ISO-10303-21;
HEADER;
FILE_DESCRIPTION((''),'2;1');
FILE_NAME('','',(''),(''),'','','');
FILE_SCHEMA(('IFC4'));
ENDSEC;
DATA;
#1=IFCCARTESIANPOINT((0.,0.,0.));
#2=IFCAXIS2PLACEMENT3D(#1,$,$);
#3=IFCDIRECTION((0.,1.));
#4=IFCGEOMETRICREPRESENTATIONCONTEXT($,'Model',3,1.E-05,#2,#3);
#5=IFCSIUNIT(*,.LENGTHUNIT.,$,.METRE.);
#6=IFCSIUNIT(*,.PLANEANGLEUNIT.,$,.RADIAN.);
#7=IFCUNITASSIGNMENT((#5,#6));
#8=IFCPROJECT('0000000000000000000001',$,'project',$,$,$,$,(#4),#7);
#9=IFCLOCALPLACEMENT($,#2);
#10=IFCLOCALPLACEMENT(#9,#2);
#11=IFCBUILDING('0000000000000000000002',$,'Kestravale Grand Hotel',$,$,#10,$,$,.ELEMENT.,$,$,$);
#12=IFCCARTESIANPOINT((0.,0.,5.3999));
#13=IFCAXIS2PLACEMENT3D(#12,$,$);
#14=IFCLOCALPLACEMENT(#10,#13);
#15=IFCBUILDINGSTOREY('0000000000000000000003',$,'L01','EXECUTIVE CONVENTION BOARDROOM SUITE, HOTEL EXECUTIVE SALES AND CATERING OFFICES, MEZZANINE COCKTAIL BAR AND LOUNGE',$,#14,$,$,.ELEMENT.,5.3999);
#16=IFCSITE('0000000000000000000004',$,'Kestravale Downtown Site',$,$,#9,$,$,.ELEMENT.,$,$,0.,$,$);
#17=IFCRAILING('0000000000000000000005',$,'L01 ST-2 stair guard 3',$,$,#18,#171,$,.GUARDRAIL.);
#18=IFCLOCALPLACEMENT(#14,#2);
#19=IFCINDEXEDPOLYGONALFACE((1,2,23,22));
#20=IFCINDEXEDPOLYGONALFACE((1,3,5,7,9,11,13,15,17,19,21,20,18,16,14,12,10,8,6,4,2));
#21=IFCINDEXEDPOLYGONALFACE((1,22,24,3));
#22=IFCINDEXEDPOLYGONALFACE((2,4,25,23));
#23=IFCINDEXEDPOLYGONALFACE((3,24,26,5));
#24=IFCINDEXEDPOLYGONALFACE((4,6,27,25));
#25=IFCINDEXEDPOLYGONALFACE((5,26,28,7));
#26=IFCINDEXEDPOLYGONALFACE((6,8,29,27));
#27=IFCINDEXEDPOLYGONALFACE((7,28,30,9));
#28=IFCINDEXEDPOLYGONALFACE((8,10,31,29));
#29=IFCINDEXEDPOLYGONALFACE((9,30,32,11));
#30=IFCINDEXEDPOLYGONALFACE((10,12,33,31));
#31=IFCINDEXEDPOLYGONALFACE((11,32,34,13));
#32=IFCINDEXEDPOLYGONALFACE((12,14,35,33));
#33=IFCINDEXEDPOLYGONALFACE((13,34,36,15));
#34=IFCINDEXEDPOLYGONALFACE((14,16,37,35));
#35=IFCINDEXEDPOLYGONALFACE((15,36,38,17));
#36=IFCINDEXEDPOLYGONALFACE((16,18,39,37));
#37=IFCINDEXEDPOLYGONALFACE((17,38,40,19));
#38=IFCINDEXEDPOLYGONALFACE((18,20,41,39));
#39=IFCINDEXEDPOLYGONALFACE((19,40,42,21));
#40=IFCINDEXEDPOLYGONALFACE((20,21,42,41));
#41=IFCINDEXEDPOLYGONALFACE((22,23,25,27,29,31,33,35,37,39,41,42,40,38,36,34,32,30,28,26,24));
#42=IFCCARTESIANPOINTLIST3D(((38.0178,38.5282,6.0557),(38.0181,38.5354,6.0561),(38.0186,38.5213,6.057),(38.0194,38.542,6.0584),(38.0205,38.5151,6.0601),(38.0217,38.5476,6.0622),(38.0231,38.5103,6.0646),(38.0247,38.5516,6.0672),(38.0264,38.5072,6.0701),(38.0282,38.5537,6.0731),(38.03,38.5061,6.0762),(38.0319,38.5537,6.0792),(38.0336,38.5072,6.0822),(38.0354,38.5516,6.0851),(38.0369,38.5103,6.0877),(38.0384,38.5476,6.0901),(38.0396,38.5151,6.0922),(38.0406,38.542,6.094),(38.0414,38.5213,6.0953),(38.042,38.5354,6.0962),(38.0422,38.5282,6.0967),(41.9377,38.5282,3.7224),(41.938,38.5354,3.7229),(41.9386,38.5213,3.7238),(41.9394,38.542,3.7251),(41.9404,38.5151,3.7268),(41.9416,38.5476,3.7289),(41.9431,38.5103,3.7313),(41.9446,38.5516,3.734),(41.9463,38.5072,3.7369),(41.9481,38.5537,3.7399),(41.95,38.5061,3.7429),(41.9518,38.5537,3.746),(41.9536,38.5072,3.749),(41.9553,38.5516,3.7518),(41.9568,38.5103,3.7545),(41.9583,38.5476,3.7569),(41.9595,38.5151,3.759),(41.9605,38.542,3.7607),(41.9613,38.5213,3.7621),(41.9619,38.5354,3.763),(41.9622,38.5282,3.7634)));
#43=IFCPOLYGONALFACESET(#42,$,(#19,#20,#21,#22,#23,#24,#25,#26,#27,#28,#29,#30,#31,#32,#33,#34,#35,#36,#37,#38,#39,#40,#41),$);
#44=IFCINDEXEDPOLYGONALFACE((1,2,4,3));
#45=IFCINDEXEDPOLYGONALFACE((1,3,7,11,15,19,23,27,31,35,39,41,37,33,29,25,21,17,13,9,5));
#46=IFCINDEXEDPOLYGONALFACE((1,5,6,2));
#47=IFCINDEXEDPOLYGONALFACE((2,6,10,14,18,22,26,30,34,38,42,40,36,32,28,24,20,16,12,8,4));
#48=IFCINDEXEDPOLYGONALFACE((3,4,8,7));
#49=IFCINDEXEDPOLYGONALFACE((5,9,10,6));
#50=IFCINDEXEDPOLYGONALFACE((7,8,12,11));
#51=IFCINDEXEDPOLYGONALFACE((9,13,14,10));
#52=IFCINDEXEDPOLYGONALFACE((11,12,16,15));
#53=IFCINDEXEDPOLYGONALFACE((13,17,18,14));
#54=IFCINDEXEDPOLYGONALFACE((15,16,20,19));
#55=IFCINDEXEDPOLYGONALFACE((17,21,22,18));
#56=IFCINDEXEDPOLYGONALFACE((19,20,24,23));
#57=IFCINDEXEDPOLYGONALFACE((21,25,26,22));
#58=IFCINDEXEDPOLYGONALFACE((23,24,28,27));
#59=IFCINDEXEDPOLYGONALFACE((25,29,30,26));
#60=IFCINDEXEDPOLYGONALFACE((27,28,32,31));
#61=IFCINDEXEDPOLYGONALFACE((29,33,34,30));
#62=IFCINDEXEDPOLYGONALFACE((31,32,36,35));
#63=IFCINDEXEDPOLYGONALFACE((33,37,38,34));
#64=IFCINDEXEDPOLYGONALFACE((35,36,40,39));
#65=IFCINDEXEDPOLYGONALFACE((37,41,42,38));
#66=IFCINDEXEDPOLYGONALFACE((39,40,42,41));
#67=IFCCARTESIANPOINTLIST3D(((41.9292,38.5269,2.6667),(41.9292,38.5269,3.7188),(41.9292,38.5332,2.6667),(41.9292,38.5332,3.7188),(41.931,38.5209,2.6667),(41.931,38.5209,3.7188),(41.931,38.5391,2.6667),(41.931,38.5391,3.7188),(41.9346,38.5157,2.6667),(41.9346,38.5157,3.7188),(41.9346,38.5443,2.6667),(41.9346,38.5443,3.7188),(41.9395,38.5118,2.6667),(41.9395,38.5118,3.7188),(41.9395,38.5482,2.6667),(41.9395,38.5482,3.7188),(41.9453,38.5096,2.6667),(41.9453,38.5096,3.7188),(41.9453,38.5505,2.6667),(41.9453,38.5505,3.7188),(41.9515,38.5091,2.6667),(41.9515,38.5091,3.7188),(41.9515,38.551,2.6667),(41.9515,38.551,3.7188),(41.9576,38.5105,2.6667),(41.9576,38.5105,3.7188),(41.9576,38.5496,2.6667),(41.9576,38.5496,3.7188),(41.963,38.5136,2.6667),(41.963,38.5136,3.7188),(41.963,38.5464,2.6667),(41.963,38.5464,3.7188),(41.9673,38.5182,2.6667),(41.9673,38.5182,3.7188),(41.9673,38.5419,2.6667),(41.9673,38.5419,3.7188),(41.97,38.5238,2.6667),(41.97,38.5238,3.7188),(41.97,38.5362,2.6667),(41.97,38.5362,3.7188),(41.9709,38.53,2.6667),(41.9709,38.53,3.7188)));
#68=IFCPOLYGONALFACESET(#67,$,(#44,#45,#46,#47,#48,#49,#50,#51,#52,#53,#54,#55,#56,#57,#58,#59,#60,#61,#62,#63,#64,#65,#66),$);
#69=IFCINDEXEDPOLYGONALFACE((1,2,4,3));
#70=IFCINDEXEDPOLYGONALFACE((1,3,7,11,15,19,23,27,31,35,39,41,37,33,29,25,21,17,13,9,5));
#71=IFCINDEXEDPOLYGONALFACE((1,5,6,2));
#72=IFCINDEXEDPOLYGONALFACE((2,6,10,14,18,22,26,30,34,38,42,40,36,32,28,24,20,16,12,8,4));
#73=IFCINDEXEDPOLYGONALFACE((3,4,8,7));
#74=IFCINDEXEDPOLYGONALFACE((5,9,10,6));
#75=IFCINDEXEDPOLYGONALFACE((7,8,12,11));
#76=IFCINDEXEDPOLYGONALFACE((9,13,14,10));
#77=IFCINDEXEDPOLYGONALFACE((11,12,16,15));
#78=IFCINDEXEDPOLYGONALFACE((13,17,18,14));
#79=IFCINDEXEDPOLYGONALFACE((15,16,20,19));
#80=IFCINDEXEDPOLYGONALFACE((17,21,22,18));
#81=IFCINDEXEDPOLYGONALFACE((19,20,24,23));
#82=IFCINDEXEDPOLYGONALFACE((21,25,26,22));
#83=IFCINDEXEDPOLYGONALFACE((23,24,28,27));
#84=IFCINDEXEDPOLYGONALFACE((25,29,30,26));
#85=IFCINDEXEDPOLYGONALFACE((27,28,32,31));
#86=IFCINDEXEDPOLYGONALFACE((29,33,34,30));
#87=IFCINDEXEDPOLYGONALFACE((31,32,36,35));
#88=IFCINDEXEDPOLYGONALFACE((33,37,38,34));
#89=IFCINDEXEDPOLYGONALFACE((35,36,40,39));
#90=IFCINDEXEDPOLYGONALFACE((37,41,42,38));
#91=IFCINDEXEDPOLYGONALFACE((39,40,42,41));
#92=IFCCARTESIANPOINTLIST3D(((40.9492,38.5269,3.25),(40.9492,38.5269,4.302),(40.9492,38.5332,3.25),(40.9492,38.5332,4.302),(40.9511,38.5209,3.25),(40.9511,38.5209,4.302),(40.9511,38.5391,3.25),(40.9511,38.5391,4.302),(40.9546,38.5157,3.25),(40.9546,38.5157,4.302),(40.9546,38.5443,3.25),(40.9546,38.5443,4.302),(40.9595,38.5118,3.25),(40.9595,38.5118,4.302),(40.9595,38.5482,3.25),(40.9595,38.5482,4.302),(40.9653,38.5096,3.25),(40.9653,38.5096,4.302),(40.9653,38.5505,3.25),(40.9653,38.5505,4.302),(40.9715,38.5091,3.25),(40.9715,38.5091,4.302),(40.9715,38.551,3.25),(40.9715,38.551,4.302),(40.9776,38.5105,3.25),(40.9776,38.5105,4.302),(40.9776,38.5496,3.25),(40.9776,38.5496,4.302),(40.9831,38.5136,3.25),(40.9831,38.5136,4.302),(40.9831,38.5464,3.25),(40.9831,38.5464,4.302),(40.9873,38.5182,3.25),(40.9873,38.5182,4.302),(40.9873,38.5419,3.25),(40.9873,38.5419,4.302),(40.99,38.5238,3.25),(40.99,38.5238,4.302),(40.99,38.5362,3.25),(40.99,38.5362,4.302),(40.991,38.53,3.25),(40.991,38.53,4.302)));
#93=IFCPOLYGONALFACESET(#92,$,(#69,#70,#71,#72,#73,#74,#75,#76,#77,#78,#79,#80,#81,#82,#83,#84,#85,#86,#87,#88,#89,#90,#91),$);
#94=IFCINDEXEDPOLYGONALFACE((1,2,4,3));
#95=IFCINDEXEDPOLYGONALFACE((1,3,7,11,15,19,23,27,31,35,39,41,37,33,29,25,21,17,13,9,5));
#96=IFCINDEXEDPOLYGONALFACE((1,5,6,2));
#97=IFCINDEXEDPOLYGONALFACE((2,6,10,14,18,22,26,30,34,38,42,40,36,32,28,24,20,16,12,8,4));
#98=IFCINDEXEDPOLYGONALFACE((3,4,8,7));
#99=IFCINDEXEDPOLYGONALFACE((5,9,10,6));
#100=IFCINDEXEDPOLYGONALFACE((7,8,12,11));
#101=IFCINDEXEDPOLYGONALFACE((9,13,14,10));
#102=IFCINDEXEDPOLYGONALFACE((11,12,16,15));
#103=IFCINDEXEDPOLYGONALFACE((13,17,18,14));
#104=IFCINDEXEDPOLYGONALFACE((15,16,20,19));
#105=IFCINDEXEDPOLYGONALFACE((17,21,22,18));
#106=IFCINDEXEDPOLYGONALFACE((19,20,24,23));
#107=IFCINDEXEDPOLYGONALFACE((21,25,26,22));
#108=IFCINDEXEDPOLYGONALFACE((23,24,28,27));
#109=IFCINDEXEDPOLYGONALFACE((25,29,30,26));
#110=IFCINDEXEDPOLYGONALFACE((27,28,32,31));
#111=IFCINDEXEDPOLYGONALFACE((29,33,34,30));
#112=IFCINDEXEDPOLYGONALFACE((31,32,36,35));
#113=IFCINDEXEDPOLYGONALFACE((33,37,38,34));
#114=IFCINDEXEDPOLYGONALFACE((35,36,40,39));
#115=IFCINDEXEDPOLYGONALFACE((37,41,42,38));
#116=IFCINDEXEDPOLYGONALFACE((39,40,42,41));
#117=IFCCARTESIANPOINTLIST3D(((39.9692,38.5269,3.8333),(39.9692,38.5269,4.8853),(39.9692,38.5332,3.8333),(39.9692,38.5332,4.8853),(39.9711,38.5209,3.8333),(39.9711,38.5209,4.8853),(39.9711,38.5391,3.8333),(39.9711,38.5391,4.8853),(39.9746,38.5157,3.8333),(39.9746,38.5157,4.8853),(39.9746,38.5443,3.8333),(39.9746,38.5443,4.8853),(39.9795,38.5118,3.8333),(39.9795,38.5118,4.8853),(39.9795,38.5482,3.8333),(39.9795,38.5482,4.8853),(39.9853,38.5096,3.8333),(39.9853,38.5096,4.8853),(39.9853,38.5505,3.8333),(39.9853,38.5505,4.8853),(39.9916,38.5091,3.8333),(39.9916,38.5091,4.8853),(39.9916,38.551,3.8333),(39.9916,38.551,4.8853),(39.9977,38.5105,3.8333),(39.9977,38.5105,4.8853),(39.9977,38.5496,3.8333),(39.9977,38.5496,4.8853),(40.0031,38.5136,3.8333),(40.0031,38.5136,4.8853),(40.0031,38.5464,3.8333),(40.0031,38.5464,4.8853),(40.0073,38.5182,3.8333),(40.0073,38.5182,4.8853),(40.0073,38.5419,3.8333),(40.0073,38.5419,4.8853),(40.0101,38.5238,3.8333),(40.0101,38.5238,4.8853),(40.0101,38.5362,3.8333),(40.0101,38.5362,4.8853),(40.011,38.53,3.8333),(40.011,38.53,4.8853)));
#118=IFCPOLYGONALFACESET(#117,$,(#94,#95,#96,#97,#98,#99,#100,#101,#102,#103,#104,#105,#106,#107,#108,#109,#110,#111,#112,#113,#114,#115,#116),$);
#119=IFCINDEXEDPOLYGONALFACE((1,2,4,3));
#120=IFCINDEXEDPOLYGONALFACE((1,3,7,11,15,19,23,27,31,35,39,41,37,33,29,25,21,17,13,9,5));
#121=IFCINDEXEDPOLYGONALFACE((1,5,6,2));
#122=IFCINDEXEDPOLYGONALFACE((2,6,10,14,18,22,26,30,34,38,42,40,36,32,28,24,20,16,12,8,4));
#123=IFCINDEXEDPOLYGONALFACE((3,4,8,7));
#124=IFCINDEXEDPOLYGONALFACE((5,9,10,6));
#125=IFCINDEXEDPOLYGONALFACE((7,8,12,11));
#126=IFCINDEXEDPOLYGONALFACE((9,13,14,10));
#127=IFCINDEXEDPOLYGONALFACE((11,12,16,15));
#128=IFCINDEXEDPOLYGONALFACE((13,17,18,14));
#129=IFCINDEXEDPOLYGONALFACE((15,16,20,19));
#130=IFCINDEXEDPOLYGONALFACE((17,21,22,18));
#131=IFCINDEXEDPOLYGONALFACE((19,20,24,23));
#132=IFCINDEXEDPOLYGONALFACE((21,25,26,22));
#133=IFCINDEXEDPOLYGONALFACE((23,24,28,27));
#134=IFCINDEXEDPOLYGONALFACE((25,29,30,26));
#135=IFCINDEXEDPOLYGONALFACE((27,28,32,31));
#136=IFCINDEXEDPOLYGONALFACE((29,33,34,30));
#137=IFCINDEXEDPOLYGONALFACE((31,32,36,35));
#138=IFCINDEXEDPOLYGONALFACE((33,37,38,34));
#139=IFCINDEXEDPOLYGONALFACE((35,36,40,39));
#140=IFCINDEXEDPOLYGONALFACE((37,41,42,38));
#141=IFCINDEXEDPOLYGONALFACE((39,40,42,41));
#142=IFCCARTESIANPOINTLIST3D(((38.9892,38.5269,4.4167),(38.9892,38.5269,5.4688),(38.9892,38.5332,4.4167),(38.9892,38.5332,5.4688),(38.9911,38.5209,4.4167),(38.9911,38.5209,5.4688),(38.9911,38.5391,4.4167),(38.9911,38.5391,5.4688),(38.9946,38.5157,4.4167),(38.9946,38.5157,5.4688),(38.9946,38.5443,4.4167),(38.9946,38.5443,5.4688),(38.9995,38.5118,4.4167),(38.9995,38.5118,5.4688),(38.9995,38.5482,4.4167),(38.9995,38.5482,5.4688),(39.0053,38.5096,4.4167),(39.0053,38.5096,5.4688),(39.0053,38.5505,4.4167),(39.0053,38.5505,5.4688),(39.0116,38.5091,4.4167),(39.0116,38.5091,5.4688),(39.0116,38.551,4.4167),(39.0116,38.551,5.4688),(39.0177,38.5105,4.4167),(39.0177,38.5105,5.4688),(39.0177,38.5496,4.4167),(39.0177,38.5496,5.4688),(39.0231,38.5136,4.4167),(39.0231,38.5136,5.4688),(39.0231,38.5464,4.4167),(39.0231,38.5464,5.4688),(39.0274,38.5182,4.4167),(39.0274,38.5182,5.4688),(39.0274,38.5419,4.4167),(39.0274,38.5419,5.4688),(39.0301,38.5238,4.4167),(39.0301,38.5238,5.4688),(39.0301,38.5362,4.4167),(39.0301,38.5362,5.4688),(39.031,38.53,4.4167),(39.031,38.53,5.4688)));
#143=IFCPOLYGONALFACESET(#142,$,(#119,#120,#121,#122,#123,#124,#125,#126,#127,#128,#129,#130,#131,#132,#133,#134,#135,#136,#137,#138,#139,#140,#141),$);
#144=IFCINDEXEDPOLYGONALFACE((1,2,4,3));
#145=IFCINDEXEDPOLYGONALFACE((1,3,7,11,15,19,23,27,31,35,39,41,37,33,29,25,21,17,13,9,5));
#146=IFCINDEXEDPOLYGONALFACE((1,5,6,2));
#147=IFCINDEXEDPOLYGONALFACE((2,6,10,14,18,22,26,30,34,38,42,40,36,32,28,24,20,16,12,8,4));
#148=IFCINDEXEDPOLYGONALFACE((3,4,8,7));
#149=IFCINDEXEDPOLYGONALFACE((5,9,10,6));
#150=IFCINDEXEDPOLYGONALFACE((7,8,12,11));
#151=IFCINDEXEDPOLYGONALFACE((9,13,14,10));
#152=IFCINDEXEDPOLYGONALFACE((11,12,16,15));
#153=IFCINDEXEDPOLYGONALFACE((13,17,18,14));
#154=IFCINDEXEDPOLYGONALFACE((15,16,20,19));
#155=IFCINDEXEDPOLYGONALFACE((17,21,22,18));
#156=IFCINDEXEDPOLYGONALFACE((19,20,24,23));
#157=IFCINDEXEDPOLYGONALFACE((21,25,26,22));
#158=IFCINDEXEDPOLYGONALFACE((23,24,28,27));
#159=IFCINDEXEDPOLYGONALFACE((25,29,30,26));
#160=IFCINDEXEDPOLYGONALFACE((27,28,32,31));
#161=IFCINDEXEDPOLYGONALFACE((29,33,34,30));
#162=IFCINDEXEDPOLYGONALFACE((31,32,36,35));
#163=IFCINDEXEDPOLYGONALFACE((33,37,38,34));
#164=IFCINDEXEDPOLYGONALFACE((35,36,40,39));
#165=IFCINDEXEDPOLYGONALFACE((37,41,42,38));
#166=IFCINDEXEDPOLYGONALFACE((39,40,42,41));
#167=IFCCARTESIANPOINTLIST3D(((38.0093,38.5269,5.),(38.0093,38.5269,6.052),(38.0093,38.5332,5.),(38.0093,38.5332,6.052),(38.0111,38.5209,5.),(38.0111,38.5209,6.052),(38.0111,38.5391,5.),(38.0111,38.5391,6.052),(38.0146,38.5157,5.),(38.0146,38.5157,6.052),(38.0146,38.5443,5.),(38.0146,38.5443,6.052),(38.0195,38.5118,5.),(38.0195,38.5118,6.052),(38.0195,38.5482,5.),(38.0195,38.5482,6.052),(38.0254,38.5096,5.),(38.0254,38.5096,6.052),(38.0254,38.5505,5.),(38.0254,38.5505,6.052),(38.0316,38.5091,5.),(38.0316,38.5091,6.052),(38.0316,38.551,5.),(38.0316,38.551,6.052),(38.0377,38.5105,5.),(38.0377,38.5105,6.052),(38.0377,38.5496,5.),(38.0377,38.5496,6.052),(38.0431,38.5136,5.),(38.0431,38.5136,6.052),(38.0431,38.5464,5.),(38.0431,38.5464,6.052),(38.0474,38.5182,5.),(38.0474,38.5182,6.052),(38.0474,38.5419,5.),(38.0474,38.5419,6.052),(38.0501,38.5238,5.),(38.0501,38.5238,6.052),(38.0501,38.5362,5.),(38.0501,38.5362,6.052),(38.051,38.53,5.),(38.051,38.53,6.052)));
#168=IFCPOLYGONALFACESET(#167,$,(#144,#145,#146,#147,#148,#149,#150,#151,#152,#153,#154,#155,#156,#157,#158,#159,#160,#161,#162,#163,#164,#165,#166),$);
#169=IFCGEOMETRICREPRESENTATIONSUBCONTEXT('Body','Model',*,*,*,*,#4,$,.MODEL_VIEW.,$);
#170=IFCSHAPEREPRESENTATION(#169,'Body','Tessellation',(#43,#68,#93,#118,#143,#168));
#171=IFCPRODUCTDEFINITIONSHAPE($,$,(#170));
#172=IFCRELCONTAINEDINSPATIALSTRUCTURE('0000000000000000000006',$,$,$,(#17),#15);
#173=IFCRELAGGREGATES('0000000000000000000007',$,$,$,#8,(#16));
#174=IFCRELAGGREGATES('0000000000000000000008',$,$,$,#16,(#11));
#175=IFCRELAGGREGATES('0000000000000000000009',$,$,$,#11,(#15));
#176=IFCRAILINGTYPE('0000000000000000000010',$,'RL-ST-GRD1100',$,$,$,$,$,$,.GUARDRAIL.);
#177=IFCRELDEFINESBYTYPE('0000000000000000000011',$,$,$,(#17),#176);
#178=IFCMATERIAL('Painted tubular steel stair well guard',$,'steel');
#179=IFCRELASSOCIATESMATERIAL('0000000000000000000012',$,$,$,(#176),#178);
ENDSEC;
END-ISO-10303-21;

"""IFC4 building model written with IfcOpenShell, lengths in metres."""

from ifc_helpers import new_model, si_unit, direction, frame, origin, origin_2d, place, context, subcontext, project, spatial, circle, extrude, material, type_object, element, save


model = new_model("IFC4")

# Units and contexts
model_context = context("Model", 3, precision=1e-05, world=origin(), true_north=direction((0.0, 1.0)))
body_context = subcontext(model_context, "Body", "Model", "MODEL_VIEW")
ifc_project = project(units=[si_unit("LENGTHUNIT", "METRE"), si_unit("PLANEANGLEUNIT", "RADIAN")], contexts=[model_context])

# Site, building, storey
site_placement = place(None, origin())
site = spatial("IfcSite", under=ifc_project, at=site_placement, Name="Kestravale Downtown Site", CompositionType="ELEMENT", RefElevation=0.0)
building_placement = place(site_placement, origin())
building = spatial("IfcBuilding", under=site, at=building_placement, Name="Kestravale Grand Hotel", CompositionType="ELEMENT")
storey_placement = place(building_placement, frame((0.0, 0.0, 5.3999)))
storey = spatial("IfcBuildingStorey", under=building, at=storey_placement, Name="L01", Description="EXECUTIVE CONVENTION BOARDROOM SUITE, HOTEL EXECUTIVE SALES AND CATERING OFFICES, MEZZANINE COCKTAIL BAR AND LOUNGE", CompositionType="ELEMENT", Elevation=5.3999)

# Railing
ifc_material_1 = material(Name="Painted tubular steel stair well guard", Category="steel")
railing_type_1 = type_object("IfcRailingType", Name="RL-ST-GRD1100", PredefinedType="GUARDRAIL", material=ifc_material_1)
railing_1_placement = place(storey_placement, frame((41.95, 38.53, 2.6667)))
element("IfcRailing", 1, at=railing_1_placement, inside=storey, type_object=railing_type_1, Name="L01 ST-2 stair guard 3", PredefinedType="GUARDRAIL", context=body_context, shape_type="SweptSolid", body=[
    extrude(circle(Radius=0.0239, at=origin_2d()), frame((0.0, 0.0, 1.0762), z_axis=(-0.859296, 0.0, 0.511478), x_axis=(0.0, -1.0, 0.0)), (0.0, 0.0, 1.0), 4.5618),
    extrude(circle(Radius=0.021, at=origin_2d()), origin(), (0.0, 0.0, 1.0), 1.052),
    extrude(circle(Radius=0.021, at=origin_2d()), frame((-0.98, 0.0, 0.5833)), (0.0, 0.0, 1.0), 1.052),
    extrude(circle(Radius=0.021, at=origin_2d()), frame((-1.96, 0.0, 1.1665)), (0.0, 0.0, 1.0), 1.052),
    extrude(circle(Radius=0.021, at=origin_2d()), frame((-2.9399, 0.0, 1.75)), (0.0, 0.0, 1.0), 1.052),
    extrude(circle(Radius=0.021, at=origin_2d()), frame((-3.9199, 0.0, 2.3333)), (0.0, 0.0, 1.0), 1.052),
])

save(model, "model.ifc")
